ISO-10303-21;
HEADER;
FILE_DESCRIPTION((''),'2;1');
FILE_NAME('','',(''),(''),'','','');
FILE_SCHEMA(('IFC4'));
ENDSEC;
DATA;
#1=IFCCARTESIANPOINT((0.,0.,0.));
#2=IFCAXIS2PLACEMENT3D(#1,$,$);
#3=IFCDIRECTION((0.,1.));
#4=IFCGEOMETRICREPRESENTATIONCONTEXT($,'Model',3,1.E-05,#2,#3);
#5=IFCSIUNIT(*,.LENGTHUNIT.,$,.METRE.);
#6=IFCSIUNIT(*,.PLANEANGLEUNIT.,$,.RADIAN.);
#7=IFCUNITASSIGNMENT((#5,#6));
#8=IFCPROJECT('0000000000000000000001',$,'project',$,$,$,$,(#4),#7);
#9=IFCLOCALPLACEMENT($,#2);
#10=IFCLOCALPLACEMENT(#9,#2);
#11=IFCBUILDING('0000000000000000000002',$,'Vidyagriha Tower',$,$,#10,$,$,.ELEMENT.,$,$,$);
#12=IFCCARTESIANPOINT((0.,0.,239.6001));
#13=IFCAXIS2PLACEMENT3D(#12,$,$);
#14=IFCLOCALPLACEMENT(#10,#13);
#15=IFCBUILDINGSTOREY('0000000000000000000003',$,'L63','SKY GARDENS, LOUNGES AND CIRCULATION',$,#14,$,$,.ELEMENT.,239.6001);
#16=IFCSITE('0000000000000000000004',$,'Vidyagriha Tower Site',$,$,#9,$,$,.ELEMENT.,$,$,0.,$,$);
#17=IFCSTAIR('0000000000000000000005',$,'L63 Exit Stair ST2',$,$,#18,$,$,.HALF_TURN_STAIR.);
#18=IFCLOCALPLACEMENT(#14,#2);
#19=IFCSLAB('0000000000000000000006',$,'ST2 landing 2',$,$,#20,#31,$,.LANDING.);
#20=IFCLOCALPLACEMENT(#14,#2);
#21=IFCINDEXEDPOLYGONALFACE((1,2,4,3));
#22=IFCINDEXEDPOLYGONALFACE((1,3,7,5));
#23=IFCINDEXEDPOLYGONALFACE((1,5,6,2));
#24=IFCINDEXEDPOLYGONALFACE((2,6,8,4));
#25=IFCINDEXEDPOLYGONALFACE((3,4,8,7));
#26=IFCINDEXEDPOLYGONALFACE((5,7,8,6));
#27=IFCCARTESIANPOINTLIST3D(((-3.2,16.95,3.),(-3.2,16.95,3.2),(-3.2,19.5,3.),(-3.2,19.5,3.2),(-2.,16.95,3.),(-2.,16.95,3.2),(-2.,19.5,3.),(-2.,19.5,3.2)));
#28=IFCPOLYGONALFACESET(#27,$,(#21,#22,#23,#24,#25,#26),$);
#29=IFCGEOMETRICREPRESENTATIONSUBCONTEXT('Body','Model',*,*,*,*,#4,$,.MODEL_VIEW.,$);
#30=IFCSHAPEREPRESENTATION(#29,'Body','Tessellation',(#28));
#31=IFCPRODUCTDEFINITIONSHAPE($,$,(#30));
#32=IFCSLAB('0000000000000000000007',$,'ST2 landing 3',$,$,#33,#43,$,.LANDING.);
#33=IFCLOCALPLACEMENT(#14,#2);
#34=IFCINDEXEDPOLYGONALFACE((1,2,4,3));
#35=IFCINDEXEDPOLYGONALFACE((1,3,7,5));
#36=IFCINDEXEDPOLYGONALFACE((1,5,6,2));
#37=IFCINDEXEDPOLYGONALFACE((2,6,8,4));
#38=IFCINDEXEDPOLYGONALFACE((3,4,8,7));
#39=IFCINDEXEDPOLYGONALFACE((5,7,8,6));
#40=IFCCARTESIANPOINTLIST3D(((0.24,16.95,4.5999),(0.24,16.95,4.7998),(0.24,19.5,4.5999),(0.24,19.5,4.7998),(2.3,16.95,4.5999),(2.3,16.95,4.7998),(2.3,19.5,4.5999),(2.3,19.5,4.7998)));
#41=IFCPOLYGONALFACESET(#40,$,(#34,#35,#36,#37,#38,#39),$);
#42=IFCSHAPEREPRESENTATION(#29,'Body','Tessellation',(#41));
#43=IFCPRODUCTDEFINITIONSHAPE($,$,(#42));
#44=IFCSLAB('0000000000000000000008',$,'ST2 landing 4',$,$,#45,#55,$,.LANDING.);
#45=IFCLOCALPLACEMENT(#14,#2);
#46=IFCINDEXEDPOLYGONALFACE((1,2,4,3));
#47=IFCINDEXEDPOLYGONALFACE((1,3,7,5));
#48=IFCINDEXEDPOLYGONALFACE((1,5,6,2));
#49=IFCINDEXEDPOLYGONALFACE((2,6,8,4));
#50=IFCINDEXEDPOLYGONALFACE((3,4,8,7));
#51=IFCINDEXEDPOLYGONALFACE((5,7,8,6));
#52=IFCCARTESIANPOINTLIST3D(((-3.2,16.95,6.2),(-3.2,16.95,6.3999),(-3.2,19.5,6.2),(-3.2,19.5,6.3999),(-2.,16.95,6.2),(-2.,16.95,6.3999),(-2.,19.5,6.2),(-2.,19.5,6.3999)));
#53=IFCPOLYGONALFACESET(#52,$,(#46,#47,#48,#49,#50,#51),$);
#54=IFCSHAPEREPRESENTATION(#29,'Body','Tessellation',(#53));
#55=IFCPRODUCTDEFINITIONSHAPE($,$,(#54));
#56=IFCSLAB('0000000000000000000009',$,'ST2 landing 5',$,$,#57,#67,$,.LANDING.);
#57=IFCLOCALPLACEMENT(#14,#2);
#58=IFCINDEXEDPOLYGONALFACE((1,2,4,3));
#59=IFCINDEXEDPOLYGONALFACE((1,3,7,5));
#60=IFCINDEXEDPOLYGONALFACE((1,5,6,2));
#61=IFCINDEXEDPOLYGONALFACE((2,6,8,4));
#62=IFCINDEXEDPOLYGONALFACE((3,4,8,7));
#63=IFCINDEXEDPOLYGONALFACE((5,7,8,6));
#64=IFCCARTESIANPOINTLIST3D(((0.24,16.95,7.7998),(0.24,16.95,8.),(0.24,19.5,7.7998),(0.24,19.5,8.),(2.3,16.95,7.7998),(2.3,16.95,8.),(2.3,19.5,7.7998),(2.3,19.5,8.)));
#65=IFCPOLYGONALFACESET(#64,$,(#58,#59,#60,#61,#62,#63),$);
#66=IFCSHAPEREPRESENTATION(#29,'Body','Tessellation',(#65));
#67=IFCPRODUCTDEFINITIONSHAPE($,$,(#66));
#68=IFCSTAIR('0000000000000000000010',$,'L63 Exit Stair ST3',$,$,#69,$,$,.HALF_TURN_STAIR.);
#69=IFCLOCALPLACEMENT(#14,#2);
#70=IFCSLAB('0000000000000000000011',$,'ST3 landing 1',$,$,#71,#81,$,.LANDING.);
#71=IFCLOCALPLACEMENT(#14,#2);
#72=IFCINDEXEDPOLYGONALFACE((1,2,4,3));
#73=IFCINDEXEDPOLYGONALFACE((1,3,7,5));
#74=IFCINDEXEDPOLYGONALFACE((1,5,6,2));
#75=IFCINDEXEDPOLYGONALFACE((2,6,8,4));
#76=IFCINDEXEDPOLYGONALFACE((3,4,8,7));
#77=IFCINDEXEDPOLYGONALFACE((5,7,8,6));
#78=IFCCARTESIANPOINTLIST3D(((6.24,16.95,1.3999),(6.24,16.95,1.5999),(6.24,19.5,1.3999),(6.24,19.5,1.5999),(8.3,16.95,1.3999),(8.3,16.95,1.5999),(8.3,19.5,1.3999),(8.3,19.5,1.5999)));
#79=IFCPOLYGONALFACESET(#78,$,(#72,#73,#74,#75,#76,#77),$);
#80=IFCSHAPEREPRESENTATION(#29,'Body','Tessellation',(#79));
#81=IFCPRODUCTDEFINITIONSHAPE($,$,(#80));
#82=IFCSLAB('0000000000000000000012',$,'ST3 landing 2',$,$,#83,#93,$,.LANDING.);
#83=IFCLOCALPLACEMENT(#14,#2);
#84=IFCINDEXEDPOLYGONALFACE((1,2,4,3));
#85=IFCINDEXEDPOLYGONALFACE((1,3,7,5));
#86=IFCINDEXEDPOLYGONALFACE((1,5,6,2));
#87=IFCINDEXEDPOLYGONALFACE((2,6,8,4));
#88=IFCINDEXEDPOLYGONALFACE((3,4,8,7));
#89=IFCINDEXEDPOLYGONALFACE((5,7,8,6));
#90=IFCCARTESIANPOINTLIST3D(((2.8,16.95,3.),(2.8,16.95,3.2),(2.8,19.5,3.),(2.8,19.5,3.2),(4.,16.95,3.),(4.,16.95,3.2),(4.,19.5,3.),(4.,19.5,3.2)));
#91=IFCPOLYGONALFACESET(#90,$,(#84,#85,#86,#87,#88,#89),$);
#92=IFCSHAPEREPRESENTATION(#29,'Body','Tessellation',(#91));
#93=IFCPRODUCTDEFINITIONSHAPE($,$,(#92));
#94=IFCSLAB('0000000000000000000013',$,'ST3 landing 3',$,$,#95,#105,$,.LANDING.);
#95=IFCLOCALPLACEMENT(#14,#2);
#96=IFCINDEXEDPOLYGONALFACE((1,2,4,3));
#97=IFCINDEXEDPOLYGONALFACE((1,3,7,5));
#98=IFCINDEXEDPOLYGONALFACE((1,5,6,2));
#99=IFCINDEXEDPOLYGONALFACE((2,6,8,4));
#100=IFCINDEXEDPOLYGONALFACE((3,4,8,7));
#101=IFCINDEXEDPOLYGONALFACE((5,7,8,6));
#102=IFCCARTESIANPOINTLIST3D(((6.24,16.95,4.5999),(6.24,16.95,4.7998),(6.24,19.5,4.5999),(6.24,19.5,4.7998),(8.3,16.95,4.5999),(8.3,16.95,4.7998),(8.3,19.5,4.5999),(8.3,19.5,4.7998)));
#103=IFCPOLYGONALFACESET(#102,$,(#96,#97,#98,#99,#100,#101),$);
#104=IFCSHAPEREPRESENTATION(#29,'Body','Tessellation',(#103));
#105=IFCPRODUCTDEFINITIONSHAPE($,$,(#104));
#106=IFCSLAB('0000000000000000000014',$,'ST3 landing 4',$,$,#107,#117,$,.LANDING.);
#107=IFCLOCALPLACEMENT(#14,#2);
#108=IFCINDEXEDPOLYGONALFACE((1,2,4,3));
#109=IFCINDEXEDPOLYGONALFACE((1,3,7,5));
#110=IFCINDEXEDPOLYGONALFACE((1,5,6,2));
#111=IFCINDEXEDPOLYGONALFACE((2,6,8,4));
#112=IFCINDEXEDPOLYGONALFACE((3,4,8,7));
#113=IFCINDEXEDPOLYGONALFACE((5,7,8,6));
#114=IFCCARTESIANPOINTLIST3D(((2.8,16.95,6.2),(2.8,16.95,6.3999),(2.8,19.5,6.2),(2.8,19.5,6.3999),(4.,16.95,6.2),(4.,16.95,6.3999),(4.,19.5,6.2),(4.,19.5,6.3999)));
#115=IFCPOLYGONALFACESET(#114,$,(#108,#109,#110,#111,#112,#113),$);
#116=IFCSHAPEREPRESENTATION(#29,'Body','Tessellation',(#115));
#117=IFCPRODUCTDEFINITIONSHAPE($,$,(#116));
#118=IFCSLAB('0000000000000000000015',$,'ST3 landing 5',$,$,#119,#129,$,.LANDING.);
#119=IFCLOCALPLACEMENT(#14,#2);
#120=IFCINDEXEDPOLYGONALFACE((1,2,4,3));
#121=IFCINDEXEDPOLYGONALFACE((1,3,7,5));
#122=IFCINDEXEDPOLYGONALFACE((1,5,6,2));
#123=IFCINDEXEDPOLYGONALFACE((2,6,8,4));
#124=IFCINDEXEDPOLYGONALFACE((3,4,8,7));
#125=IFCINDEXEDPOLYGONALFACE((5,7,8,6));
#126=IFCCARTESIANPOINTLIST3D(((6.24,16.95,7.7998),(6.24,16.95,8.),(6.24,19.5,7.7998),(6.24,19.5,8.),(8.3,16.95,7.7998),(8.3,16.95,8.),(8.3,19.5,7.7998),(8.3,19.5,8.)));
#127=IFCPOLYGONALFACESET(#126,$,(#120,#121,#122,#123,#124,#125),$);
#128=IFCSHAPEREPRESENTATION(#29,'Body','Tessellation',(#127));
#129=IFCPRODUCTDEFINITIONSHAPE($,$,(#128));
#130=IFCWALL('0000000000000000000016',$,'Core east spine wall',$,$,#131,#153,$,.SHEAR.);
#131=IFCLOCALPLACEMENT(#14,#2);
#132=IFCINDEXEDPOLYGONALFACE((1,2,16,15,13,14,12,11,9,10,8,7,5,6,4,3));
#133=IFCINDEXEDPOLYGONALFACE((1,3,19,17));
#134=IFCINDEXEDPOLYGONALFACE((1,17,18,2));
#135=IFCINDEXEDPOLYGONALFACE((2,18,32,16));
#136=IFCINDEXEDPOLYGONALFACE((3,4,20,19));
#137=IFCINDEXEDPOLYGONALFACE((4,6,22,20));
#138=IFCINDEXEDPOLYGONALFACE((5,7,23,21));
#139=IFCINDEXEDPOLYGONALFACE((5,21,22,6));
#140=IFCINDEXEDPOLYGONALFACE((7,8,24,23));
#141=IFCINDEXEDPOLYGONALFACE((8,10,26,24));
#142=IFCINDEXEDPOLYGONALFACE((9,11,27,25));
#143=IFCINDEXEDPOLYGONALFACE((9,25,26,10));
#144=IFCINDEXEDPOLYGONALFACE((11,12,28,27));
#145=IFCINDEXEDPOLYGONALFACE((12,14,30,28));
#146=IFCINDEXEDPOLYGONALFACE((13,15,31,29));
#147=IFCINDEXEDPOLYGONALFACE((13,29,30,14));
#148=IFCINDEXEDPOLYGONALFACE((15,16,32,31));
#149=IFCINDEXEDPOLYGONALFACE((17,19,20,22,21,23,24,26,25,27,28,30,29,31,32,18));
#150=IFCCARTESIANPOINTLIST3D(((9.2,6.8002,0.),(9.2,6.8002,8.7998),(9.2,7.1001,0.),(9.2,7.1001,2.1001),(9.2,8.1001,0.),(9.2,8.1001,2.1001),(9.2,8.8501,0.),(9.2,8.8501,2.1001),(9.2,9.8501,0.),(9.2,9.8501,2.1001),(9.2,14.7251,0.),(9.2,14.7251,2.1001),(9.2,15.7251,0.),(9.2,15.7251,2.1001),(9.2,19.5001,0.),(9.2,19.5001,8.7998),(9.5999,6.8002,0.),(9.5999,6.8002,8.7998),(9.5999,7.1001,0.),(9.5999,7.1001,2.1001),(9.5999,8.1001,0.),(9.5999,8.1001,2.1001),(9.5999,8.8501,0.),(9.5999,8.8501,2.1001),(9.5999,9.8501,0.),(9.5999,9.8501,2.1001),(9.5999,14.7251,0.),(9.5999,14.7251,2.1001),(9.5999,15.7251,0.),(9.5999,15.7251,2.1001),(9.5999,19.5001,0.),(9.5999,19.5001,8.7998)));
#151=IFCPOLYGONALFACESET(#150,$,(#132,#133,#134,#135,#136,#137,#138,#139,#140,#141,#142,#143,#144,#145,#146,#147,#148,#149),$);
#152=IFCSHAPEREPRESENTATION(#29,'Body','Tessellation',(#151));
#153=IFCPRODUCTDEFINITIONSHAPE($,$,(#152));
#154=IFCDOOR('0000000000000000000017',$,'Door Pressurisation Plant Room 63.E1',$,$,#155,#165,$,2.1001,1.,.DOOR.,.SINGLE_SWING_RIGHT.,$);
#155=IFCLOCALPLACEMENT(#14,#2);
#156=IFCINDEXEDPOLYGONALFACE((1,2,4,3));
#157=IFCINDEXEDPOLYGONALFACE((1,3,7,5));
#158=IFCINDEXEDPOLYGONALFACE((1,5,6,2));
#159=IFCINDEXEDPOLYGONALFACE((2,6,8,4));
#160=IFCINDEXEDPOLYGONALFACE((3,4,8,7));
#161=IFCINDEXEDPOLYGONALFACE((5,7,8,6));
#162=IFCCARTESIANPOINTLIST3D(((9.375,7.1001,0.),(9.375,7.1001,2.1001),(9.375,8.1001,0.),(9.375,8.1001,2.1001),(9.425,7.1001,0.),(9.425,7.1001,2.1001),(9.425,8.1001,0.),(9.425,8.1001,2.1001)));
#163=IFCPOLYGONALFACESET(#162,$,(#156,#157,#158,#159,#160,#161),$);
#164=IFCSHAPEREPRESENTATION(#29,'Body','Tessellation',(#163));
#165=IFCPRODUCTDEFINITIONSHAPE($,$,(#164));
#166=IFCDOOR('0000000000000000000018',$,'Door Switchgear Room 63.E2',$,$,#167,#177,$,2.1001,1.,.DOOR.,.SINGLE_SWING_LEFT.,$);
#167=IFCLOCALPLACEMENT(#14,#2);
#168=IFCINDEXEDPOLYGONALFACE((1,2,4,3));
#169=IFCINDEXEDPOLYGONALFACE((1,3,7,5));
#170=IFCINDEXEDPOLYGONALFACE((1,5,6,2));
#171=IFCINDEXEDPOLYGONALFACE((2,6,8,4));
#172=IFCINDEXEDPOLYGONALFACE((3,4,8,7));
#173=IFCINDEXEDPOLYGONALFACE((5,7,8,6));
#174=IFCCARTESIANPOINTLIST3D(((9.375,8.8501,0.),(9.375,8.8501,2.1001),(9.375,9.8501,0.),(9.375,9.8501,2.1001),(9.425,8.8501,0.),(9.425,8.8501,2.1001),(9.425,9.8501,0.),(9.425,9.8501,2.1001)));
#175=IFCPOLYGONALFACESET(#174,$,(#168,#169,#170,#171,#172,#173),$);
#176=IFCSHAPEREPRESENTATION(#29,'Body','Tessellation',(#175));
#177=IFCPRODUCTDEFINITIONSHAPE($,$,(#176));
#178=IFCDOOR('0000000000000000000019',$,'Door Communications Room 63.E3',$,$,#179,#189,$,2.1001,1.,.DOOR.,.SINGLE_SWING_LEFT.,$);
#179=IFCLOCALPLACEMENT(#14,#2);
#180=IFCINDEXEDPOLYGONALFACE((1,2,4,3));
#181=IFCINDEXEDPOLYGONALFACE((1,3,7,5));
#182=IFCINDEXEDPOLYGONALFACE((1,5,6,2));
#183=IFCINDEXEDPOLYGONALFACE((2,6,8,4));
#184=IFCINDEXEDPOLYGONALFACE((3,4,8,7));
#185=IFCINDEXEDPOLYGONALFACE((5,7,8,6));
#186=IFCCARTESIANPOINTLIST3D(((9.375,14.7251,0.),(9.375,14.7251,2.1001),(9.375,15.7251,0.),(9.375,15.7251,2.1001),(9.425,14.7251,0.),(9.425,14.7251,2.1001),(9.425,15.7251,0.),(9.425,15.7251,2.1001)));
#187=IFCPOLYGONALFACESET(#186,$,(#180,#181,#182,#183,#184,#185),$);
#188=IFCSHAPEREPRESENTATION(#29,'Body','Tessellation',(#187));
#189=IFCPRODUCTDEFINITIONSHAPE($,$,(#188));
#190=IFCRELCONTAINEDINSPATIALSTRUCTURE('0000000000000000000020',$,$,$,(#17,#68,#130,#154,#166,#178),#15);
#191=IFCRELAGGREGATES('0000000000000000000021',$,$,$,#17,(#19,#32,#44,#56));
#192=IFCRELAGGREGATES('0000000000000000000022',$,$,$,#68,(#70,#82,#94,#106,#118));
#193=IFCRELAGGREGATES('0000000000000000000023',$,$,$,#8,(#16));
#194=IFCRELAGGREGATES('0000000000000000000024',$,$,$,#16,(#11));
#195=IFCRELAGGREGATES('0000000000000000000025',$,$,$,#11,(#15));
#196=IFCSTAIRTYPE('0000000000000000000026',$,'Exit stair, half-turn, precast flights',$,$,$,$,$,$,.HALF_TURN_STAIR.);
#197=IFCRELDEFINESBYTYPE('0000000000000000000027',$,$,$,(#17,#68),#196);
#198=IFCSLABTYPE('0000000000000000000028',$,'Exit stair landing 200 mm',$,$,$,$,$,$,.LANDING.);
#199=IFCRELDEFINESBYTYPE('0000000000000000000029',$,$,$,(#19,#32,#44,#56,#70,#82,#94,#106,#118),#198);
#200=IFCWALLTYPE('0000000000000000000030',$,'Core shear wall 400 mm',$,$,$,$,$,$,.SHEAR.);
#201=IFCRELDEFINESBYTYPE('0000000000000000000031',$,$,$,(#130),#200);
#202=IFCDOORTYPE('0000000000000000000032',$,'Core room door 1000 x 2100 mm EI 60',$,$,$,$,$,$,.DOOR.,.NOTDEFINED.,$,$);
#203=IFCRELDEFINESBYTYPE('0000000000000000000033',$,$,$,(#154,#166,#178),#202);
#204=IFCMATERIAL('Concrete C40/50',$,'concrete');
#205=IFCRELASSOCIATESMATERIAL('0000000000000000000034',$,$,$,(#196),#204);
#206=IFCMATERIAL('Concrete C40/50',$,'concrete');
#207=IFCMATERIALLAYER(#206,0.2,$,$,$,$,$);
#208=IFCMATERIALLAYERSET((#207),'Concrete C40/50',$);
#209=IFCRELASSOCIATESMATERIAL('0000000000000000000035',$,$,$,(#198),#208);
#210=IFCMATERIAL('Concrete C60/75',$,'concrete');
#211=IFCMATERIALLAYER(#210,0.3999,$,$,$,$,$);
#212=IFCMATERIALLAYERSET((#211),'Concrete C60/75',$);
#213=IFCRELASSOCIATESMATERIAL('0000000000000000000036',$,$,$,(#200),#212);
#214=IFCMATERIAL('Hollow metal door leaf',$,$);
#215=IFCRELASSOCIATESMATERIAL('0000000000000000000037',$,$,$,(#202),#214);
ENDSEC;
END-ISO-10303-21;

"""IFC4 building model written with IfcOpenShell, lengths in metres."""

from ifc_helpers import new_model, si_unit, direction, frame, frame_2d, origin, place, context, subcontext, project, spatial, polyline, rectangle, outline, extrude, material, layer, layer_set, type_object, element, fill, aggregate, save


model = new_model("IFC4")

# Units and contexts
model_context = context("Model", 3, precision=1e-05, world=origin(), true_north=direction((0.0, 1.0)))
body_context = subcontext(model_context, "Body", "Model", "MODEL_VIEW")
ifc_project = project(units=[si_unit("LENGTHUNIT", "METRE"), si_unit("PLANEANGLEUNIT", "RADIAN")], contexts=[model_context])

# Site, building, storey
site_placement = place(None, origin())
site = spatial("IfcSite", under=ifc_project, at=site_placement, Name="Vidyagriha Tower Site", CompositionType="ELEMENT", RefElevation=0.0)
building_placement = place(site_placement, origin())
building = spatial("IfcBuilding", under=site, at=building_placement, Name="Vidyagriha Tower", CompositionType="ELEMENT")
storey_placement = place(building_placement, frame((0.0, 0.0, 239.6001)))
storey = spatial("IfcBuildingStorey", under=building, at=storey_placement, Name="L63", Description="SKY GARDENS, LOUNGES AND CIRCULATION", CompositionType="ELEMENT", Elevation=239.6001)

# Stairs, slabs
ifc_material_1 = material(Name="Concrete C40/50", Category="concrete")
stair_type = type_object("IfcStairType", Name="Exit stair, half-turn, precast flights", PredefinedType="HALF_TURN_STAIR", material=ifc_material_1)
stair_1_placement = place(storey_placement, origin())
stair_1 = element("IfcStair", 1, at=stair_1_placement, inside=storey, type_object=stair_type, Name="L63 Exit Stair ST2", PredefinedType="HALF_TURN_STAIR")
ifc_material_2 = material(Name="Concrete C40/50", Category="concrete")
ifc_layer_1 = layer(ifc_material_2, 0.2)
ifc_layer_set_1 = layer_set([ifc_layer_1], Name="Concrete C40/50")
slab_type = type_object("IfcSlabType", Name="Exit stair landing 200 mm", PredefinedType="LANDING", material=ifc_layer_set_1)
slab_1_placement = place(storey_placement, frame((0.0, 0.0, 3.0)))
slab_1 = element("IfcSlab", 2, at=slab_1_placement, type_object=slab_type, Name="ST2 landing 2", PredefinedType="LANDING", context=body_context, shape_type="SweptSolid", body=[
    extrude(outline(polyline([(-3.2, 16.95), (-2.0, 16.95), (-2.0, 19.5), (-3.2, 19.5), (-3.2, 16.95)])), origin(), (0.0, 0.0, 1.0), 0.2),
])
slab_2_placement = place(storey_placement, frame((0.0, 0.0, 4.5999)))
slab_2 = element("IfcSlab", 3, at=slab_2_placement, type_object=slab_type, Name="ST2 landing 3", PredefinedType="LANDING", context=body_context, shape_type="SweptSolid", body=[
    extrude(outline(polyline([(0.24, 16.95), (2.3, 16.95), (2.3, 19.5), (0.24, 19.5), (0.24, 16.95)])), origin(), (0.0, 0.0, 1.0), 0.2),
])
slab_3_placement = place(storey_placement, frame((0.0, 0.0, 6.2)))
slab_3 = element("IfcSlab", 4, at=slab_3_placement, type_object=slab_type, Name="ST2 landing 4", PredefinedType="LANDING", context=body_context, shape_type="SweptSolid", body=[
    extrude(outline(polyline([(-3.2, 16.95), (-2.0, 16.95), (-2.0, 19.5), (-3.2, 19.5), (-3.2, 16.95)])), origin(), (0.0, 0.0, 1.0), 0.2),
])
slab_4_placement = place(storey_placement, frame((0.0, 0.0, 7.7998)))
slab_4 = element("IfcSlab", 5, at=slab_4_placement, type_object=slab_type, Name="ST2 landing 5", PredefinedType="LANDING", context=body_context, shape_type="SweptSolid", body=[
    extrude(outline(polyline([(0.24, 16.95), (2.3, 16.95), (2.3, 19.5), (0.24, 19.5), (0.24, 16.95)])), origin(), (0.0, 0.0, 1.0), 0.2002),
])
aggregate(stair_1, [slab_1, slab_2, slab_3, slab_4])
stair_2_placement = place(storey_placement, origin())
stair_2 = element("IfcStair", 6, at=stair_2_placement, inside=storey, type_object=stair_type, Name="L63 Exit Stair ST3", PredefinedType="HALF_TURN_STAIR")
slab_5_placement = place(storey_placement, frame((0.0, 0.0, 1.3999)))
slab_5 = element("IfcSlab", 7, at=slab_5_placement, type_object=slab_type, Name="ST3 landing 1", PredefinedType="LANDING", context=body_context, shape_type="SweptSolid", body=[
    extrude(outline(polyline([(6.24, 16.95), (8.3, 16.95), (8.3, 19.5), (6.24, 19.5), (6.24, 16.95)])), origin(), (0.0, 0.0, 1.0), 0.2),
])
slab_6_placement = place(storey_placement, frame((0.0, 0.0, 3.0)))
slab_6 = element("IfcSlab", 8, at=slab_6_placement, type_object=slab_type, Name="ST3 landing 2", PredefinedType="LANDING", context=body_context, shape_type="SweptSolid", body=[
    extrude(outline(polyline([(2.8, 16.95), (4.0, 16.95), (4.0, 19.5), (2.8, 19.5), (2.8, 16.95)])), origin(), (0.0, 0.0, 1.0), 0.2),
])
slab_7_placement = place(storey_placement, frame((0.0, 0.0, 4.5999)))
slab_7 = element("IfcSlab", 9, at=slab_7_placement, type_object=slab_type, Name="ST3 landing 3", PredefinedType="LANDING", context=body_context, shape_type="SweptSolid", body=[
    extrude(outline(polyline([(6.24, 16.95), (8.3, 16.95), (8.3, 19.5), (6.24, 19.5), (6.24, 16.95)])), origin(), (0.0, 0.0, 1.0), 0.2),
])
slab_8_placement = place(storey_placement, frame((0.0, 0.0, 6.2)))
slab_8 = element("IfcSlab", 10, at=slab_8_placement, type_object=slab_type, Name="ST3 landing 4", PredefinedType="LANDING", context=body_context, shape_type="SweptSolid", body=[
    extrude(outline(polyline([(2.8, 16.95), (4.0, 16.95), (4.0, 19.5), (2.8, 19.5), (2.8, 16.95)])), origin(), (0.0, 0.0, 1.0), 0.2),
])
slab_9_placement = place(storey_placement, frame((0.0, 0.0, 7.7998)))
slab_9 = element("IfcSlab", 11, at=slab_9_placement, type_object=slab_type, Name="ST3 landing 5", PredefinedType="LANDING", context=body_context, shape_type="SweptSolid", body=[
    extrude(outline(polyline([(6.24, 16.95), (8.3, 16.95), (8.3, 19.5), (6.24, 19.5), (6.24, 16.95)])), origin(), (0.0, 0.0, 1.0), 0.2002),
])
aggregate(stair_2, [slab_5, slab_6, slab_7, slab_8, slab_9])

# Wall, openings, doors
ifc_material_3 = material(Name="Concrete C60/75", Category="concrete")
ifc_layer_2 = layer(ifc_material_3, 0.3999)
ifc_layer_set_2 = layer_set([ifc_layer_2], Name="Concrete C60/75")
wall_type_1 = type_object("IfcWallType", Name="Core shear wall 400 mm", PredefinedType="SHEAR", material=ifc_layer_set_2)
wall_1_placement = place(storey_placement, frame((9.3999, 6.8, 0.0), z_axis=(0.0, 0.0, 1.0), x_axis=(0.0, 1.0, 0.0)))
wall_1 = element("IfcWall", 12, at=wall_1_placement, inside=storey, type_object=wall_type_1, Name="Core east spine wall", PredefinedType="SHEAR", context=body_context, shape_type="SweptSolid", body=[
    extrude(rectangle(XDim=12.7, YDim=0.3999, at=frame_2d((6.3501, 0.0))), origin(), (0.0, 0.0, 1.0), 8.7998),
])
opening_1_placement = place(wall_1_placement, frame((0.3, 0.0, 0.0)))
opening_1 = element("IfcOpeningElement", 13, at=opening_1_placement, cuts=wall_1, PredefinedType="OPENING", context=body_context, shape_type="SweptSolid", body=[
    extrude(rectangle(XDim=1.0, YDim=2.1001, at=frame_2d((0.5, 1.05))), frame((0.0, 0.21, 0.0), z_axis=(0.0, -1.0, 0.0), x_axis=(1.0, 0.0, 0.0)), (0.0, 0.0, 1.0), 0.4199),
])
opening_2_placement = place(wall_1_placement, frame((2.05, 0.0, 0.0)))
opening_2 = element("IfcOpeningElement", 14, at=opening_2_placement, cuts=wall_1, PredefinedType="OPENING", context=body_context, shape_type="SweptSolid", body=[
    extrude(rectangle(XDim=1.0, YDim=2.1001, at=frame_2d((0.5, 1.05))), frame((0.0, 0.21, 0.0), z_axis=(0.0, -1.0, 0.0), x_axis=(1.0, 0.0, 0.0)), (0.0, 0.0, 1.0), 0.4199),
])
opening_3_placement = place(wall_1_placement, frame((7.925, 0.0, 0.0)))
opening_3 = element("IfcOpeningElement", 15, at=opening_3_placement, cuts=wall_1, PredefinedType="OPENING", context=body_context, shape_type="SweptSolid", body=[
    extrude(rectangle(XDim=1.0, YDim=2.1001, at=frame_2d((0.5, 1.05))), frame((0.0, 0.21, 0.0), z_axis=(0.0, -1.0, 0.0), x_axis=(1.0, 0.0, 0.0)), (0.0, 0.0, 1.0), 0.4199),
])
ifc_material_4 = material(Name="Hollow metal door leaf")
door_type_1 = type_object("IfcDoorType", Name="Core room door 1000 x 2100 mm EI 60", OperationType="NOTDEFINED", PredefinedType="DOOR", material=ifc_material_4)
door_1_placement = place(opening_1_placement, origin())
door_1 = element("IfcDoor", 16, at=door_1_placement, inside=storey, type_object=door_type_1, Name="Door Pressurisation Plant Room 63.E1", OperationType="SINGLE_SWING_RIGHT", OverallHeight=2.1001, OverallWidth=1.0, PredefinedType="DOOR", context=body_context, shape_type="SweptSolid", body=[
    extrude(rectangle(XDim=1.0, YDim=2.1001, at=frame_2d((0.5, 1.05))), frame((0.0, 0.0249, 0.0), z_axis=(0.0, -1.0, 0.0), x_axis=(1.0, 0.0, 0.0)), (0.0, 0.0, 1.0), 0.05),
])
fill(opening_1, door_1)
door_2_placement = place(opening_2_placement, origin())
door_2 = element("IfcDoor", 17, at=door_2_placement, inside=storey, type_object=door_type_1, Name="Door Switchgear Room 63.E2", OperationType="SINGLE_SWING_LEFT", OverallHeight=2.1001, OverallWidth=1.0, PredefinedType="DOOR", context=body_context, shape_type="SweptSolid", body=[
    extrude(rectangle(XDim=1.0, YDim=2.1001, at=frame_2d((0.5, 1.05))), frame((0.0, 0.0249, 0.0), z_axis=(0.0, -1.0, 0.0), x_axis=(1.0, 0.0, 0.0)), (0.0, 0.0, 1.0), 0.05),
])
fill(opening_2, door_2)
door_3_placement = place(opening_3_placement, origin())
door_3 = element("IfcDoor", 18, at=door_3_placement, inside=storey, type_object=door_type_1, Name="Door Communications Room 63.E3", OperationType="SINGLE_SWING_LEFT", OverallHeight=2.1001, OverallWidth=1.0, PredefinedType="DOOR", context=body_context, shape_type="SweptSolid", body=[
    extrude(rectangle(XDim=1.0, YDim=2.1001, at=frame_2d((0.5, 1.05))), frame((0.0, 0.0249, 0.0), z_axis=(0.0, -1.0, 0.0), x_axis=(1.0, 0.0, 0.0)), (0.0, 0.0, 1.0), 0.05),
])
fill(opening_3, door_3)

save(model, "model.ifc")
